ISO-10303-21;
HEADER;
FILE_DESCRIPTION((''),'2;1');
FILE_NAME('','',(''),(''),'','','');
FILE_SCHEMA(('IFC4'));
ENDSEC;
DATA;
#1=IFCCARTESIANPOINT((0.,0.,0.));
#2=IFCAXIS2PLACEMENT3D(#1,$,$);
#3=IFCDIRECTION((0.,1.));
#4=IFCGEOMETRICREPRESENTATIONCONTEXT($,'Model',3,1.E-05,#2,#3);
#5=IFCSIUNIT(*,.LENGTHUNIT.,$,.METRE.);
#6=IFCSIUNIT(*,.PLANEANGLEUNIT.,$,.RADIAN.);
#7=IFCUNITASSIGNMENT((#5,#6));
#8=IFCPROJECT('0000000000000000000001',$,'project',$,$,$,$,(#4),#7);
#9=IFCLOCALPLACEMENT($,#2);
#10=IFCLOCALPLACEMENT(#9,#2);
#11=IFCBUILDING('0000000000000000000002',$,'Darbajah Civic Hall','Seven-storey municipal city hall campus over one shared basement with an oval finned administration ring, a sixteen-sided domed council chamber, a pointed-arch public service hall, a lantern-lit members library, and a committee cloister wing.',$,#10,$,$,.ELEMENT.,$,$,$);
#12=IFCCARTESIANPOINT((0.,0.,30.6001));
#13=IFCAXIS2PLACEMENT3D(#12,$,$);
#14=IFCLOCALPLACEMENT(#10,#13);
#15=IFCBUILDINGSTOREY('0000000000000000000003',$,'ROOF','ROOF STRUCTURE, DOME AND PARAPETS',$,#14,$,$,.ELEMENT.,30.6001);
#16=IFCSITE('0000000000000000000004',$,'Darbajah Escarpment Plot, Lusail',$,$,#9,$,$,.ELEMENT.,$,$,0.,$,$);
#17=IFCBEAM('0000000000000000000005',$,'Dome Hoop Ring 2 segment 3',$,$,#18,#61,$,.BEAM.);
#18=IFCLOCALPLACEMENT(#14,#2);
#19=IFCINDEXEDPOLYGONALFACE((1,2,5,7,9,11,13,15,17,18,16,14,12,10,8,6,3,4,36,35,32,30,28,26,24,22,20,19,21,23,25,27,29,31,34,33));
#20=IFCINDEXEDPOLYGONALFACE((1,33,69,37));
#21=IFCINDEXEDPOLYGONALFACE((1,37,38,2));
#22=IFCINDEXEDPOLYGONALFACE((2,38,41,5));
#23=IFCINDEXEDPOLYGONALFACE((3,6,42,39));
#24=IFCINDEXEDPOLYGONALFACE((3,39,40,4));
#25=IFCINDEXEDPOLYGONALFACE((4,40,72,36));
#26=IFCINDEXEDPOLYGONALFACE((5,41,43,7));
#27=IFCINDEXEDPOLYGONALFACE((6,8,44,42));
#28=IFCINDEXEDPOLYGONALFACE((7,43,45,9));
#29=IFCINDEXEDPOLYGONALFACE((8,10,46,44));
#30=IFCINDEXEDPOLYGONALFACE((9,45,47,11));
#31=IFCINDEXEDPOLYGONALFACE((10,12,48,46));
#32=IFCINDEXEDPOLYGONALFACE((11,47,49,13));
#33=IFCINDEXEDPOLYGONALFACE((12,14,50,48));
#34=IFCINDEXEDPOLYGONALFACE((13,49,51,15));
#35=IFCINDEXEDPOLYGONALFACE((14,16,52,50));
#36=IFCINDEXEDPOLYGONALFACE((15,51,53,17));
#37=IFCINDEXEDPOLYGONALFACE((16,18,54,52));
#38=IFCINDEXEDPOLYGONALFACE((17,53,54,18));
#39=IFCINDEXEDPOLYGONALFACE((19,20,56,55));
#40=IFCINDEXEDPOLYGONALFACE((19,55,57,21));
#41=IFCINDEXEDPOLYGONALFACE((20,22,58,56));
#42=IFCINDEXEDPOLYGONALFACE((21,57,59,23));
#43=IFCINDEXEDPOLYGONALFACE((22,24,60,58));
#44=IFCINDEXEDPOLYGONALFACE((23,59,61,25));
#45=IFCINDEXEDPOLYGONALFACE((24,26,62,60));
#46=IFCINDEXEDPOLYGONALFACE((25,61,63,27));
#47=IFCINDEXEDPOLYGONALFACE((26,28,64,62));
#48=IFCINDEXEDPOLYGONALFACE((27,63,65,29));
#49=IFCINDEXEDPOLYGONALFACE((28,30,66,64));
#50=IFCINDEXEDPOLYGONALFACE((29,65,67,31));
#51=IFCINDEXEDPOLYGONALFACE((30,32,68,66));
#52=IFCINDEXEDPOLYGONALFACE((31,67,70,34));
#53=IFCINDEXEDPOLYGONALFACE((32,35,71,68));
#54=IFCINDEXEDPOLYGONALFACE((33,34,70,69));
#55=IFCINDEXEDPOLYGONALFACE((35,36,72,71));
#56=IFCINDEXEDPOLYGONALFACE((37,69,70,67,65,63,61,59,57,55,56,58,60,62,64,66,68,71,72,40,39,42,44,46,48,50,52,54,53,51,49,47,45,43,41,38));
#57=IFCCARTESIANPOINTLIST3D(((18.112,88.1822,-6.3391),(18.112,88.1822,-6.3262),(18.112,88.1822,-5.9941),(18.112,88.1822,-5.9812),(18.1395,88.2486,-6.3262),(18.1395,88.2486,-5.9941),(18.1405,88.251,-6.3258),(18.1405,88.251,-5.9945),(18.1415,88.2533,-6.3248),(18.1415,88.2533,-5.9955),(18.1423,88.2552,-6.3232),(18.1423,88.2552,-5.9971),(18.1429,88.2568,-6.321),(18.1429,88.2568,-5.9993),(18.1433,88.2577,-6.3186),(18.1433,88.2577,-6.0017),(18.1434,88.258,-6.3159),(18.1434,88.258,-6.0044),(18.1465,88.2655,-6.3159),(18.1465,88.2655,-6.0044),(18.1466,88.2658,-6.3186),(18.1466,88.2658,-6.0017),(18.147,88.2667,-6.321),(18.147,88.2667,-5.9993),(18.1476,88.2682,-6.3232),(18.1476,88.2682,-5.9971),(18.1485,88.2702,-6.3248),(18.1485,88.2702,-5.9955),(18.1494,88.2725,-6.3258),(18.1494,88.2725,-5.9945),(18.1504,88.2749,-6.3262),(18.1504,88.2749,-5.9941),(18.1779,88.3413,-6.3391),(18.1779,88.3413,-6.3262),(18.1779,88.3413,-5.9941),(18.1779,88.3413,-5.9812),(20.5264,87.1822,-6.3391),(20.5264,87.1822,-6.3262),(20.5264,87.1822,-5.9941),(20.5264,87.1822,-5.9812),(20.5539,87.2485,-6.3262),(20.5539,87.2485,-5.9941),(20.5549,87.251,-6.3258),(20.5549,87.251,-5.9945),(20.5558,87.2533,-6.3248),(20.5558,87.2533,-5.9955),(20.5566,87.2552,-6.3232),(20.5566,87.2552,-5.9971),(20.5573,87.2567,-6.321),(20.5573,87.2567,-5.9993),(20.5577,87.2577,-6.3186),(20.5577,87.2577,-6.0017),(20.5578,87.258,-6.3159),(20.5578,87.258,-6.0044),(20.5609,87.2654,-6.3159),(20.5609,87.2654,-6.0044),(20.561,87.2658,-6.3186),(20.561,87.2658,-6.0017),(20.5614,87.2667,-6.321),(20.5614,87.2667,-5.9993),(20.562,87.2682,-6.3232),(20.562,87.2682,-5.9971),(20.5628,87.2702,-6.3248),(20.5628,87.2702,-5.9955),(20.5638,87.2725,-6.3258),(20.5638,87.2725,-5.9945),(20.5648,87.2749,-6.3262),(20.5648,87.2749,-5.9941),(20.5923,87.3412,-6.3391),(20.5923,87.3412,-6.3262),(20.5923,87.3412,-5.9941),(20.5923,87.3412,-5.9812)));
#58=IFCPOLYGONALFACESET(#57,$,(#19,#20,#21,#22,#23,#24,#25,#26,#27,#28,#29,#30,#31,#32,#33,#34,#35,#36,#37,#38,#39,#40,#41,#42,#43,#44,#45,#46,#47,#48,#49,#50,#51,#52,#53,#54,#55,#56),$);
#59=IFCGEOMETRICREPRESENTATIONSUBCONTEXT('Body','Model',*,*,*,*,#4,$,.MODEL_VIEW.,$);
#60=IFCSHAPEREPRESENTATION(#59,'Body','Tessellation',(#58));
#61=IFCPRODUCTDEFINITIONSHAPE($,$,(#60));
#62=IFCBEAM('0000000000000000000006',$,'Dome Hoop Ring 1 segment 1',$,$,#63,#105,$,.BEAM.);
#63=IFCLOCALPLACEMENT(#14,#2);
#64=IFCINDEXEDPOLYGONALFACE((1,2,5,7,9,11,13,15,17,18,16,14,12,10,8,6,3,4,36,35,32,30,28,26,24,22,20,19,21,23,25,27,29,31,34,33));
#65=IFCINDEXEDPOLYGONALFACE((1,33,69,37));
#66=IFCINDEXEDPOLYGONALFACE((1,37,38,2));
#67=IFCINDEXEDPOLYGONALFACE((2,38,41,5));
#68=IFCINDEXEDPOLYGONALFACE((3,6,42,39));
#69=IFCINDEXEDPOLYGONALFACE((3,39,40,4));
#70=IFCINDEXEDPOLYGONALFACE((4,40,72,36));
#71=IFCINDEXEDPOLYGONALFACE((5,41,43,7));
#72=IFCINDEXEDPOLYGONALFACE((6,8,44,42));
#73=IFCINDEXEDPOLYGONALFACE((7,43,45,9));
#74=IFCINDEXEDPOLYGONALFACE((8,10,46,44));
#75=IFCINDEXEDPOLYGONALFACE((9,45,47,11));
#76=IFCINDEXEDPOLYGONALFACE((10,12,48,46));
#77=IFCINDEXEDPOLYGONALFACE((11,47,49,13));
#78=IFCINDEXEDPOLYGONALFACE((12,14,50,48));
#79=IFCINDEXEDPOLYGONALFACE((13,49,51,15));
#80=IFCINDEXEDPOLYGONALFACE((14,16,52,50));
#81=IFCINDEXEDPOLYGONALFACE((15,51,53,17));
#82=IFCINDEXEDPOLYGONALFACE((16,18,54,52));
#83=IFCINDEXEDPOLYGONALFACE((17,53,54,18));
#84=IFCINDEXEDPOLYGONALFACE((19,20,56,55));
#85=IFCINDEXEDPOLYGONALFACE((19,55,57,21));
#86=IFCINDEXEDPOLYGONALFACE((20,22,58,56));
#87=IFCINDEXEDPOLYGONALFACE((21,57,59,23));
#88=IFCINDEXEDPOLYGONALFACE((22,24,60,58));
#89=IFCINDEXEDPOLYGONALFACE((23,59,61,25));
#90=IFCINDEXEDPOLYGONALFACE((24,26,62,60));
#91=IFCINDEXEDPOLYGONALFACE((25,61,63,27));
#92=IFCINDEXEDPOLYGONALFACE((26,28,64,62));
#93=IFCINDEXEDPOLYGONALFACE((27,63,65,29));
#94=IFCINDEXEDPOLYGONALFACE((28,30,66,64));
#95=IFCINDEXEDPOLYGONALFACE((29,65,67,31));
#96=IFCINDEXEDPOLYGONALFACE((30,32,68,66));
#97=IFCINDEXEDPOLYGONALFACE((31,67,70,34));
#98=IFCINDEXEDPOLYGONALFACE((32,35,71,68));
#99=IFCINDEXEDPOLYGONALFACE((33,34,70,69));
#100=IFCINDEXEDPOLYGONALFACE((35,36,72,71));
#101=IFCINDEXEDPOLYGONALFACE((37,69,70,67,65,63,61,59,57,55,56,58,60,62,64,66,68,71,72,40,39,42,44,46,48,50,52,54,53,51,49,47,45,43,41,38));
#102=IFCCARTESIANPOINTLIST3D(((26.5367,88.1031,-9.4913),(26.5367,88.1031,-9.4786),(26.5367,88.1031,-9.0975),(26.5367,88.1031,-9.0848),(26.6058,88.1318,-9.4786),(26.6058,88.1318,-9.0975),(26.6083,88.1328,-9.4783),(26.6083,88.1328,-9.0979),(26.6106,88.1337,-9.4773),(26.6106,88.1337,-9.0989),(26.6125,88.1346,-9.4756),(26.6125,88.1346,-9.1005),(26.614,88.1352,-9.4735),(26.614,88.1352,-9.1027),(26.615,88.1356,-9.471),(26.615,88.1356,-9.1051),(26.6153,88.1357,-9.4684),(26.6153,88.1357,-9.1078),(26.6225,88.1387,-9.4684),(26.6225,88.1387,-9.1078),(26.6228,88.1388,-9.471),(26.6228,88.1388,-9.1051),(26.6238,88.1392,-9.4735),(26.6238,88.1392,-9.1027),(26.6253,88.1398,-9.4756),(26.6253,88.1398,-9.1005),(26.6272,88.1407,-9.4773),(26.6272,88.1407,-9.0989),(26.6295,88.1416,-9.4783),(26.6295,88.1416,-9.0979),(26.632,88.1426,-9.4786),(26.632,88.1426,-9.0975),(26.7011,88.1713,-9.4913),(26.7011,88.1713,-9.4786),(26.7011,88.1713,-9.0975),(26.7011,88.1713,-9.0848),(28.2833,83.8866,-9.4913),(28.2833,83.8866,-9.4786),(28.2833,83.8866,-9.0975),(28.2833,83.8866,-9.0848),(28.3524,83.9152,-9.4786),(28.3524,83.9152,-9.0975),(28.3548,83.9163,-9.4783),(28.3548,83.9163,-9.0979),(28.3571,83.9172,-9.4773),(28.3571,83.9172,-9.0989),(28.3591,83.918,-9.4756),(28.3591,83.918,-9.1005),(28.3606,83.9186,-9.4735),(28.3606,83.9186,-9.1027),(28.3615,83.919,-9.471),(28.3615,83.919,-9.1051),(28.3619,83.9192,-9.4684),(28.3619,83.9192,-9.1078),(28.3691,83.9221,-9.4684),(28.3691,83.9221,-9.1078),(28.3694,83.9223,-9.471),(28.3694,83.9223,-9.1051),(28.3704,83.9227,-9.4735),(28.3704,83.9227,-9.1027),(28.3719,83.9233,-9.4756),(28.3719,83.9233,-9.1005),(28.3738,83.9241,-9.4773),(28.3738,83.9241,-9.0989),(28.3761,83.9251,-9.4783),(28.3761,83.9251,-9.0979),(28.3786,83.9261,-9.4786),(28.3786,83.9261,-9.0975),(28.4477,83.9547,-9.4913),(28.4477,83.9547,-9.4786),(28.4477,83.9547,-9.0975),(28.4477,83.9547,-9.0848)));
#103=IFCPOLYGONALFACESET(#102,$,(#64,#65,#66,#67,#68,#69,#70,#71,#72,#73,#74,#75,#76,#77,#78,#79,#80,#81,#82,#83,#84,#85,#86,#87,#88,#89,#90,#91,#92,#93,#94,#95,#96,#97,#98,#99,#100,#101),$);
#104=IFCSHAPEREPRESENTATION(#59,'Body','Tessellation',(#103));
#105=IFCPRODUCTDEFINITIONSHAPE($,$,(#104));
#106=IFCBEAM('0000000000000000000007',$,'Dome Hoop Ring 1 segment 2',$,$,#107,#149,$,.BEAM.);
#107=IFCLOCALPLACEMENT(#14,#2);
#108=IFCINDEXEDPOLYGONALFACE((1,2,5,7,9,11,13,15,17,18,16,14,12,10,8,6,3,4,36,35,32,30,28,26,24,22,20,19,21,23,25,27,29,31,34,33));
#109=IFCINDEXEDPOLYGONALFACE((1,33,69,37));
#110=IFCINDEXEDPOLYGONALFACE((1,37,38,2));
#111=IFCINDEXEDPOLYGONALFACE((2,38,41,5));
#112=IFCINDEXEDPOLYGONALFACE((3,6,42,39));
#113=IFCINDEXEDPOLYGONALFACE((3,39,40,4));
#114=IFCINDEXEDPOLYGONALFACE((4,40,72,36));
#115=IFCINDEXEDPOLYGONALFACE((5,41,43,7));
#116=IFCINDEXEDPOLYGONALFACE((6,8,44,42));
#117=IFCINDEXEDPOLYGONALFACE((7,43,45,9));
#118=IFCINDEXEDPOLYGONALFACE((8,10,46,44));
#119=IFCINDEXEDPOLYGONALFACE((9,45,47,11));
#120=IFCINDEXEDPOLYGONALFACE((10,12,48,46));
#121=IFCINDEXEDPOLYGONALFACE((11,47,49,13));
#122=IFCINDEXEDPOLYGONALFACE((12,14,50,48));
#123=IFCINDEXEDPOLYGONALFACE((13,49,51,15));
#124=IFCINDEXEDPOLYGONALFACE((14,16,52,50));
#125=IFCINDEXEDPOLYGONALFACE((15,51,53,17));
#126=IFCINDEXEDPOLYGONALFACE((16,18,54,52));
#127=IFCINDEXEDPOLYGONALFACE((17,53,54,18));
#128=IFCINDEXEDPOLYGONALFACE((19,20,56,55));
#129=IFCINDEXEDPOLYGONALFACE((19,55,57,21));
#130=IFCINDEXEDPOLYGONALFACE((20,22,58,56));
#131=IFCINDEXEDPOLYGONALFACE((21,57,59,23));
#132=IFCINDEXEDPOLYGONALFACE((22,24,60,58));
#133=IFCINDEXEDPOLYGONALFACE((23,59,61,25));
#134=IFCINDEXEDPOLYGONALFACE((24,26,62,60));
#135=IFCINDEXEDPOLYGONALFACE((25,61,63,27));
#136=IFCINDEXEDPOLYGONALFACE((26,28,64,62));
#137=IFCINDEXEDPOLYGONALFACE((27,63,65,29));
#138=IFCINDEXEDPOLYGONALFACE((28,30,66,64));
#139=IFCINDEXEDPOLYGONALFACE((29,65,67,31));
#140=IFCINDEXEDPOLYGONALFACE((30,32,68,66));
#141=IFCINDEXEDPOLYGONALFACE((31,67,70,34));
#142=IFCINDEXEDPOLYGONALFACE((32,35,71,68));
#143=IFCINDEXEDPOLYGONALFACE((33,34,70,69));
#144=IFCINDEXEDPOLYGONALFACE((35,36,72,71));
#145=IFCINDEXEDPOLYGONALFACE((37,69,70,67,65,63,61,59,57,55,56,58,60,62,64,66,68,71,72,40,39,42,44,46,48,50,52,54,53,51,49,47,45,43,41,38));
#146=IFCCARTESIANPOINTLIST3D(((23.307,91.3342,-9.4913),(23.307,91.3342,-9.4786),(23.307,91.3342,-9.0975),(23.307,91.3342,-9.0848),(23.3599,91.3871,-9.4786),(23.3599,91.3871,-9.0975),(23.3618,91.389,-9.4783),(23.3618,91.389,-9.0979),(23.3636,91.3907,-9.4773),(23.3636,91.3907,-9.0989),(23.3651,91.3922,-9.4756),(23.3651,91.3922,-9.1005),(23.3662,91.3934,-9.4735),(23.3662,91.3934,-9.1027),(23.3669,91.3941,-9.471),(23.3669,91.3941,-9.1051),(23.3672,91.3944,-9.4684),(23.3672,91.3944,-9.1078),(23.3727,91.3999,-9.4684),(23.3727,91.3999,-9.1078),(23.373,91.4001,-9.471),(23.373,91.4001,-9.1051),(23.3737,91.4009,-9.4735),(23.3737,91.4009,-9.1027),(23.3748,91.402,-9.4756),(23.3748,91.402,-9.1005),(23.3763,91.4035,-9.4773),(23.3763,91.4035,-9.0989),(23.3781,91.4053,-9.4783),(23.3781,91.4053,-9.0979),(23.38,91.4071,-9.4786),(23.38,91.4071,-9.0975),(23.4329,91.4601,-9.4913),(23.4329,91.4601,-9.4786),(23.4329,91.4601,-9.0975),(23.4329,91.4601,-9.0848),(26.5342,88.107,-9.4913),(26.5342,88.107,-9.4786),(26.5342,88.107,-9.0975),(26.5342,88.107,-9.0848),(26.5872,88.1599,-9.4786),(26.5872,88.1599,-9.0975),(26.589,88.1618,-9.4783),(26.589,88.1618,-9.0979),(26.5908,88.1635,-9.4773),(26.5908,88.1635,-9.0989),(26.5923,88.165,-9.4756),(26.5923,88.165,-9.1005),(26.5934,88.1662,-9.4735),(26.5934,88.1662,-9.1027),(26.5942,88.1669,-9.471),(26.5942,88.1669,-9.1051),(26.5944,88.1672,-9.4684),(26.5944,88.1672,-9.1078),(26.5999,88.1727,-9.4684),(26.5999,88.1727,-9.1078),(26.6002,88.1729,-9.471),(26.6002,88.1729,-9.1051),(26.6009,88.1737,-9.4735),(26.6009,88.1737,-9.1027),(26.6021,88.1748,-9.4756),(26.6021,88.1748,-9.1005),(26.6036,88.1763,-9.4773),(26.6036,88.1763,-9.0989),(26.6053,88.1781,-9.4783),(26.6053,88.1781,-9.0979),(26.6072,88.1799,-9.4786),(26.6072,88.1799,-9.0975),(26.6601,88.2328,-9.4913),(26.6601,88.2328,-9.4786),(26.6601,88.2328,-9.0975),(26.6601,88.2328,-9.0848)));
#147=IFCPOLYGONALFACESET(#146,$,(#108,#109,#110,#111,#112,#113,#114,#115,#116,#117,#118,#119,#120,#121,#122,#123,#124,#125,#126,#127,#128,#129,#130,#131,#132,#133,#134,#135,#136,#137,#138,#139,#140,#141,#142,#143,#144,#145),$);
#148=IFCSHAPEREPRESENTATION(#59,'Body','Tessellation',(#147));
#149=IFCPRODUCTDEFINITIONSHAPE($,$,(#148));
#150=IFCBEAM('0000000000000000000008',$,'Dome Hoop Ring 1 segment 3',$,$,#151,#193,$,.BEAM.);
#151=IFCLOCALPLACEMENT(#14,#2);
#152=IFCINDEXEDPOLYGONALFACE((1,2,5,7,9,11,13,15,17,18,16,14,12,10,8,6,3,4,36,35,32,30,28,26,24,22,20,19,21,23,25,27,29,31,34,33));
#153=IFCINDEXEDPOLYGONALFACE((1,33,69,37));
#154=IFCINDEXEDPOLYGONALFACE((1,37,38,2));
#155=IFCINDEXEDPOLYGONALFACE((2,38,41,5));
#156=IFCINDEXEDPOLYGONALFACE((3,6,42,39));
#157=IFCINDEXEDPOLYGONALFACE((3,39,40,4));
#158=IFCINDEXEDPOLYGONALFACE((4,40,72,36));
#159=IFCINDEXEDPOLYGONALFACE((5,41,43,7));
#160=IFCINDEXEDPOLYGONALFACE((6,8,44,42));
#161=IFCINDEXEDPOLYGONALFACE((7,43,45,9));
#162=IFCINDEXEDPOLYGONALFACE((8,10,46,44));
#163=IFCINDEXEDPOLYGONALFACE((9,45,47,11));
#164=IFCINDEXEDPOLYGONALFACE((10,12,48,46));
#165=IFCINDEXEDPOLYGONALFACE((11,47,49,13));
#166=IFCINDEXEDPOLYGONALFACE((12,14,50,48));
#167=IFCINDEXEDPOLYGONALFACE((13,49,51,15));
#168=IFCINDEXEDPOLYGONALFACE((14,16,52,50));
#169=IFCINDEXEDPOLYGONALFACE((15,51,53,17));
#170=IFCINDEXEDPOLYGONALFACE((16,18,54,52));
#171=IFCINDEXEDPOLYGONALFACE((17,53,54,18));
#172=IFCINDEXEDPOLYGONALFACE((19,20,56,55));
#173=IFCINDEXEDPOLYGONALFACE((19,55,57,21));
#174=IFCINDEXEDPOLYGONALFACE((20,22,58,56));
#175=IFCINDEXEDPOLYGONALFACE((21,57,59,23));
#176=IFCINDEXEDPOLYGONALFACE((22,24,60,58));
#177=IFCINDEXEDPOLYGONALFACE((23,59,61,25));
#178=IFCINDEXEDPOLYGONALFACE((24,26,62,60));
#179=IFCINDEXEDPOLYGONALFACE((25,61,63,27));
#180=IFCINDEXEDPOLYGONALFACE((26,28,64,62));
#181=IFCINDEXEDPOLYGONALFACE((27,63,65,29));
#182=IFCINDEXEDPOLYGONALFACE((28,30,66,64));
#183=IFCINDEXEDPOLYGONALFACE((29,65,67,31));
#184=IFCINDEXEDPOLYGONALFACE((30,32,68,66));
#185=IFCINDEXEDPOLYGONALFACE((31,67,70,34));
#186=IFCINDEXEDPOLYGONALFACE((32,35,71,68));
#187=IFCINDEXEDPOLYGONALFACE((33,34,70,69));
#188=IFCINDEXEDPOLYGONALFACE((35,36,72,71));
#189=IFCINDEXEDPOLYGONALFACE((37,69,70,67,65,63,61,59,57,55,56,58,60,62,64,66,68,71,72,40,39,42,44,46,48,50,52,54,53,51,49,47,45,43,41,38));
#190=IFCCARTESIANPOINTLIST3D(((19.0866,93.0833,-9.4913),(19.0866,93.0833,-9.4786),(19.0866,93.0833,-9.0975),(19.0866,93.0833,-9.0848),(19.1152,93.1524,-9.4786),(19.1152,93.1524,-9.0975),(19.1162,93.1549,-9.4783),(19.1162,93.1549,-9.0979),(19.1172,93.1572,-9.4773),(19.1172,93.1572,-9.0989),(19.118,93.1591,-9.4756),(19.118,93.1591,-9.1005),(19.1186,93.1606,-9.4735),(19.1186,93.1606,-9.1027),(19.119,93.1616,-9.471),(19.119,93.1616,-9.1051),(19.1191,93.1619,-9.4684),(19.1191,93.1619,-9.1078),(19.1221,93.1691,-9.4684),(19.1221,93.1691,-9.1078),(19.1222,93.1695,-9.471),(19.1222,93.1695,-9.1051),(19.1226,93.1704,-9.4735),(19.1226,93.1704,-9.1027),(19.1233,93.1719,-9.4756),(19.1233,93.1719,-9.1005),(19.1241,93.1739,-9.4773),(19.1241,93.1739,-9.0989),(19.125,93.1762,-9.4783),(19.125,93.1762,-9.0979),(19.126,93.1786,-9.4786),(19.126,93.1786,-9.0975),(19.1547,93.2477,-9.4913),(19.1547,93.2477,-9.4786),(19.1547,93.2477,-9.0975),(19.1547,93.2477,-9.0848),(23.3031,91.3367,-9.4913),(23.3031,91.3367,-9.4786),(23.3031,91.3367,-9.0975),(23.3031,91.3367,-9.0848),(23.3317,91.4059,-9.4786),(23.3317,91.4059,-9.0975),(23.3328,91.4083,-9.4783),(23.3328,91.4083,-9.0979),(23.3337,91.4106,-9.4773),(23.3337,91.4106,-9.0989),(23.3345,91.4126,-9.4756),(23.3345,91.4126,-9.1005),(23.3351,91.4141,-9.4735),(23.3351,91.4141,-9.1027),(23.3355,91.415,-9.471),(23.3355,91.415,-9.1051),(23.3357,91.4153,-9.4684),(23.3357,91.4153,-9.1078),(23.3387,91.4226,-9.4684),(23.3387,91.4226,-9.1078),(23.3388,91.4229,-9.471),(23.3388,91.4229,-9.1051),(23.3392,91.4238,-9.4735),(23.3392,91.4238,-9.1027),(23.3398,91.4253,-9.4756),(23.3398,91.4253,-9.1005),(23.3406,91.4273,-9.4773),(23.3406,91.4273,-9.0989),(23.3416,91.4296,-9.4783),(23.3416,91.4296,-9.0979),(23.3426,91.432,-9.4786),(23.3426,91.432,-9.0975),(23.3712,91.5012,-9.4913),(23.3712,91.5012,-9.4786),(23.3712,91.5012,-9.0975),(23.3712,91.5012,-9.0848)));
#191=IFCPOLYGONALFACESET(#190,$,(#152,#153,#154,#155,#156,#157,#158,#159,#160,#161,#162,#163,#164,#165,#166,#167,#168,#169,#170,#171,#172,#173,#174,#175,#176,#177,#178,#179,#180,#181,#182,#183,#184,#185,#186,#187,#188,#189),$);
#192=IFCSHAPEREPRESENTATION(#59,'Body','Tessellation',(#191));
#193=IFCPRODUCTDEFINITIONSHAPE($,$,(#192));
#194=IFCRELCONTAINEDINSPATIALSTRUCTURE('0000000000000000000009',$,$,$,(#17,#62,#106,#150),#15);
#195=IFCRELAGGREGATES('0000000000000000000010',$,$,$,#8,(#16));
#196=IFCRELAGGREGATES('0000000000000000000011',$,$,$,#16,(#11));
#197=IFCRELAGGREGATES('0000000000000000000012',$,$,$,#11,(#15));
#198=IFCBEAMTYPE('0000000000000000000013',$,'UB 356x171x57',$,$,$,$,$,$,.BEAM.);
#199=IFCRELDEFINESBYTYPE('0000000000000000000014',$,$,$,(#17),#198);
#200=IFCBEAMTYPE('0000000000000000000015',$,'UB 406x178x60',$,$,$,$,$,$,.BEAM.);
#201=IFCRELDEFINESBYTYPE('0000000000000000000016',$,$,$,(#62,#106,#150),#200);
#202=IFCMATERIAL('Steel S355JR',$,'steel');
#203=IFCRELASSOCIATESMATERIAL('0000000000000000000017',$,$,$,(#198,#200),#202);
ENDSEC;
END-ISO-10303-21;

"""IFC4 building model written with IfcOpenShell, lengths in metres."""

from ifc_helpers import new_model, si_unit, direction, frame, origin, origin_2d, place, context, subcontext, project, spatial, i_section, extrude, material, material_profile, profile_set, type_object, element, save


model = new_model("IFC4")

# Units and contexts
model_context = context("Model", 3, precision=1e-05, world=origin(), true_north=direction((0.0, 1.0)))
body_context = subcontext(model_context, "Body", "Model", "MODEL_VIEW")
ifc_project = project(units=[si_unit("LENGTHUNIT", "METRE"), si_unit("PLANEANGLEUNIT", "RADIAN")], contexts=[model_context])

# Site, building, storey
site_placement = place(None, origin())
site = spatial("IfcSite", under=ifc_project, at=site_placement, Name="Darbajah Escarpment Plot, Lusail", CompositionType="ELEMENT", RefElevation=0.0)
building_placement = place(site_placement, origin())
building = spatial("IfcBuilding", under=site, at=building_placement, Name="Darbajah Civic Hall", Description="Seven-storey municipal city hall campus over one shared basement with an oval finned administration ring, a sixteen-sided domed council chamber, a pointed-arch public service hall, a lantern-lit members library, and a committee cloister wing.", CompositionType="ELEMENT")
storey_placement = place(building_placement, frame((0.0, 0.0, 30.6001)))
storey = spatial("IfcBuildingStorey", under=building, at=storey_placement, Name="ROOF", Description="ROOF STRUCTURE, DOME AND PARAPETS", CompositionType="ELEMENT", Elevation=30.6001)

# Shared definitions
ifc_material = material(Name="Steel S355JR", Category="steel")

# Beams
ifc_material_profile_1 = material_profile(ifc_material, i_section(OverallWidth=0.1721, OverallDepth=0.3579, WebThickness=0.0081, FlangeThickness=0.0129, FilletRadius=0.0103, at=origin_2d()), Name="UB 356x171x57")
ifc_profile_set_1 = profile_set([ifc_material_profile_1], Name="Steel S355JR")
beam_type_1 = type_object("IfcBeamType", Name="UB 356x171x57", PredefinedType="BEAM", material=ifc_profile_set_1)
for number, where, z_axis, x_axis, name in (
    (1, (20.5593, 87.2617, -6.1602), (-0.923885, 0.382671, 0.0), (-0.382671, -0.923885, 0.0), "Dome Hoop Ring 2 segment 3"),
):
    element("IfcBeam", number, at=place(storey_placement, frame(where, z_axis=z_axis, x_axis=x_axis)), inside=storey, type_object=beam_type_1, Name=name, PredefinedType="BEAM", context=body_context, shape_type="SweptSolid", body=[
        extrude(i_section(OverallWidth=0.1721, OverallDepth=0.3579, WebThickness=0.0081, FlangeThickness=0.0129, FilletRadius=0.0103, at=origin_2d()), origin(), (0.0, 0.0, 1.0), 2.6133),
    ])
ifc_material_profile_2 = material_profile(ifc_material, i_section(OverallWidth=0.178, OverallDepth=0.4065, WebThickness=0.0078, FlangeThickness=0.0127, FilletRadius=0.0103, at=origin_2d()), Name="UB 406x178x60")
ifc_profile_set_2 = profile_set([ifc_material_profile_2], Name="Steel S355JR")
beam_type_2 = type_object("IfcBeamType", Name="UB 406x178x60", PredefinedType="BEAM", material=ifc_profile_set_2)
for number, where, z_axis, x_axis, name in (
    (2, (28.3655, 83.9207, -9.2881), (-0.382689, 0.923877, 0.0), (-0.923877, -0.382689, 0.0), "Dome Hoop Ring 1 segment 1"),
    (3, (26.5972, 88.1699, -9.2881), (-0.707107, 0.707107, 0.0), (-0.707107, -0.707107, 0.0), "Dome Hoop Ring 1 segment 2"),
    (4, (23.3372, 91.4189, -9.2881), (-0.923877, 0.382689, 0.0), (-0.382689, -0.923877, 0.0), "Dome Hoop Ring 1 segment 3"),
):
    element("IfcBeam", number, at=place(storey_placement, frame(where, z_axis=z_axis, x_axis=x_axis)), inside=storey, type_object=beam_type_2, Name=name, PredefinedType="BEAM", context=body_context, shape_type="SweptSolid", body=[
        extrude(i_section(OverallWidth=0.178, OverallDepth=0.4065, WebThickness=0.0078, FlangeThickness=0.0127, FilletRadius=0.0103, at=origin_2d()), origin(), (0.0, 0.0, 1.0), 4.564),
    ])

save(model, "model.ifc")
